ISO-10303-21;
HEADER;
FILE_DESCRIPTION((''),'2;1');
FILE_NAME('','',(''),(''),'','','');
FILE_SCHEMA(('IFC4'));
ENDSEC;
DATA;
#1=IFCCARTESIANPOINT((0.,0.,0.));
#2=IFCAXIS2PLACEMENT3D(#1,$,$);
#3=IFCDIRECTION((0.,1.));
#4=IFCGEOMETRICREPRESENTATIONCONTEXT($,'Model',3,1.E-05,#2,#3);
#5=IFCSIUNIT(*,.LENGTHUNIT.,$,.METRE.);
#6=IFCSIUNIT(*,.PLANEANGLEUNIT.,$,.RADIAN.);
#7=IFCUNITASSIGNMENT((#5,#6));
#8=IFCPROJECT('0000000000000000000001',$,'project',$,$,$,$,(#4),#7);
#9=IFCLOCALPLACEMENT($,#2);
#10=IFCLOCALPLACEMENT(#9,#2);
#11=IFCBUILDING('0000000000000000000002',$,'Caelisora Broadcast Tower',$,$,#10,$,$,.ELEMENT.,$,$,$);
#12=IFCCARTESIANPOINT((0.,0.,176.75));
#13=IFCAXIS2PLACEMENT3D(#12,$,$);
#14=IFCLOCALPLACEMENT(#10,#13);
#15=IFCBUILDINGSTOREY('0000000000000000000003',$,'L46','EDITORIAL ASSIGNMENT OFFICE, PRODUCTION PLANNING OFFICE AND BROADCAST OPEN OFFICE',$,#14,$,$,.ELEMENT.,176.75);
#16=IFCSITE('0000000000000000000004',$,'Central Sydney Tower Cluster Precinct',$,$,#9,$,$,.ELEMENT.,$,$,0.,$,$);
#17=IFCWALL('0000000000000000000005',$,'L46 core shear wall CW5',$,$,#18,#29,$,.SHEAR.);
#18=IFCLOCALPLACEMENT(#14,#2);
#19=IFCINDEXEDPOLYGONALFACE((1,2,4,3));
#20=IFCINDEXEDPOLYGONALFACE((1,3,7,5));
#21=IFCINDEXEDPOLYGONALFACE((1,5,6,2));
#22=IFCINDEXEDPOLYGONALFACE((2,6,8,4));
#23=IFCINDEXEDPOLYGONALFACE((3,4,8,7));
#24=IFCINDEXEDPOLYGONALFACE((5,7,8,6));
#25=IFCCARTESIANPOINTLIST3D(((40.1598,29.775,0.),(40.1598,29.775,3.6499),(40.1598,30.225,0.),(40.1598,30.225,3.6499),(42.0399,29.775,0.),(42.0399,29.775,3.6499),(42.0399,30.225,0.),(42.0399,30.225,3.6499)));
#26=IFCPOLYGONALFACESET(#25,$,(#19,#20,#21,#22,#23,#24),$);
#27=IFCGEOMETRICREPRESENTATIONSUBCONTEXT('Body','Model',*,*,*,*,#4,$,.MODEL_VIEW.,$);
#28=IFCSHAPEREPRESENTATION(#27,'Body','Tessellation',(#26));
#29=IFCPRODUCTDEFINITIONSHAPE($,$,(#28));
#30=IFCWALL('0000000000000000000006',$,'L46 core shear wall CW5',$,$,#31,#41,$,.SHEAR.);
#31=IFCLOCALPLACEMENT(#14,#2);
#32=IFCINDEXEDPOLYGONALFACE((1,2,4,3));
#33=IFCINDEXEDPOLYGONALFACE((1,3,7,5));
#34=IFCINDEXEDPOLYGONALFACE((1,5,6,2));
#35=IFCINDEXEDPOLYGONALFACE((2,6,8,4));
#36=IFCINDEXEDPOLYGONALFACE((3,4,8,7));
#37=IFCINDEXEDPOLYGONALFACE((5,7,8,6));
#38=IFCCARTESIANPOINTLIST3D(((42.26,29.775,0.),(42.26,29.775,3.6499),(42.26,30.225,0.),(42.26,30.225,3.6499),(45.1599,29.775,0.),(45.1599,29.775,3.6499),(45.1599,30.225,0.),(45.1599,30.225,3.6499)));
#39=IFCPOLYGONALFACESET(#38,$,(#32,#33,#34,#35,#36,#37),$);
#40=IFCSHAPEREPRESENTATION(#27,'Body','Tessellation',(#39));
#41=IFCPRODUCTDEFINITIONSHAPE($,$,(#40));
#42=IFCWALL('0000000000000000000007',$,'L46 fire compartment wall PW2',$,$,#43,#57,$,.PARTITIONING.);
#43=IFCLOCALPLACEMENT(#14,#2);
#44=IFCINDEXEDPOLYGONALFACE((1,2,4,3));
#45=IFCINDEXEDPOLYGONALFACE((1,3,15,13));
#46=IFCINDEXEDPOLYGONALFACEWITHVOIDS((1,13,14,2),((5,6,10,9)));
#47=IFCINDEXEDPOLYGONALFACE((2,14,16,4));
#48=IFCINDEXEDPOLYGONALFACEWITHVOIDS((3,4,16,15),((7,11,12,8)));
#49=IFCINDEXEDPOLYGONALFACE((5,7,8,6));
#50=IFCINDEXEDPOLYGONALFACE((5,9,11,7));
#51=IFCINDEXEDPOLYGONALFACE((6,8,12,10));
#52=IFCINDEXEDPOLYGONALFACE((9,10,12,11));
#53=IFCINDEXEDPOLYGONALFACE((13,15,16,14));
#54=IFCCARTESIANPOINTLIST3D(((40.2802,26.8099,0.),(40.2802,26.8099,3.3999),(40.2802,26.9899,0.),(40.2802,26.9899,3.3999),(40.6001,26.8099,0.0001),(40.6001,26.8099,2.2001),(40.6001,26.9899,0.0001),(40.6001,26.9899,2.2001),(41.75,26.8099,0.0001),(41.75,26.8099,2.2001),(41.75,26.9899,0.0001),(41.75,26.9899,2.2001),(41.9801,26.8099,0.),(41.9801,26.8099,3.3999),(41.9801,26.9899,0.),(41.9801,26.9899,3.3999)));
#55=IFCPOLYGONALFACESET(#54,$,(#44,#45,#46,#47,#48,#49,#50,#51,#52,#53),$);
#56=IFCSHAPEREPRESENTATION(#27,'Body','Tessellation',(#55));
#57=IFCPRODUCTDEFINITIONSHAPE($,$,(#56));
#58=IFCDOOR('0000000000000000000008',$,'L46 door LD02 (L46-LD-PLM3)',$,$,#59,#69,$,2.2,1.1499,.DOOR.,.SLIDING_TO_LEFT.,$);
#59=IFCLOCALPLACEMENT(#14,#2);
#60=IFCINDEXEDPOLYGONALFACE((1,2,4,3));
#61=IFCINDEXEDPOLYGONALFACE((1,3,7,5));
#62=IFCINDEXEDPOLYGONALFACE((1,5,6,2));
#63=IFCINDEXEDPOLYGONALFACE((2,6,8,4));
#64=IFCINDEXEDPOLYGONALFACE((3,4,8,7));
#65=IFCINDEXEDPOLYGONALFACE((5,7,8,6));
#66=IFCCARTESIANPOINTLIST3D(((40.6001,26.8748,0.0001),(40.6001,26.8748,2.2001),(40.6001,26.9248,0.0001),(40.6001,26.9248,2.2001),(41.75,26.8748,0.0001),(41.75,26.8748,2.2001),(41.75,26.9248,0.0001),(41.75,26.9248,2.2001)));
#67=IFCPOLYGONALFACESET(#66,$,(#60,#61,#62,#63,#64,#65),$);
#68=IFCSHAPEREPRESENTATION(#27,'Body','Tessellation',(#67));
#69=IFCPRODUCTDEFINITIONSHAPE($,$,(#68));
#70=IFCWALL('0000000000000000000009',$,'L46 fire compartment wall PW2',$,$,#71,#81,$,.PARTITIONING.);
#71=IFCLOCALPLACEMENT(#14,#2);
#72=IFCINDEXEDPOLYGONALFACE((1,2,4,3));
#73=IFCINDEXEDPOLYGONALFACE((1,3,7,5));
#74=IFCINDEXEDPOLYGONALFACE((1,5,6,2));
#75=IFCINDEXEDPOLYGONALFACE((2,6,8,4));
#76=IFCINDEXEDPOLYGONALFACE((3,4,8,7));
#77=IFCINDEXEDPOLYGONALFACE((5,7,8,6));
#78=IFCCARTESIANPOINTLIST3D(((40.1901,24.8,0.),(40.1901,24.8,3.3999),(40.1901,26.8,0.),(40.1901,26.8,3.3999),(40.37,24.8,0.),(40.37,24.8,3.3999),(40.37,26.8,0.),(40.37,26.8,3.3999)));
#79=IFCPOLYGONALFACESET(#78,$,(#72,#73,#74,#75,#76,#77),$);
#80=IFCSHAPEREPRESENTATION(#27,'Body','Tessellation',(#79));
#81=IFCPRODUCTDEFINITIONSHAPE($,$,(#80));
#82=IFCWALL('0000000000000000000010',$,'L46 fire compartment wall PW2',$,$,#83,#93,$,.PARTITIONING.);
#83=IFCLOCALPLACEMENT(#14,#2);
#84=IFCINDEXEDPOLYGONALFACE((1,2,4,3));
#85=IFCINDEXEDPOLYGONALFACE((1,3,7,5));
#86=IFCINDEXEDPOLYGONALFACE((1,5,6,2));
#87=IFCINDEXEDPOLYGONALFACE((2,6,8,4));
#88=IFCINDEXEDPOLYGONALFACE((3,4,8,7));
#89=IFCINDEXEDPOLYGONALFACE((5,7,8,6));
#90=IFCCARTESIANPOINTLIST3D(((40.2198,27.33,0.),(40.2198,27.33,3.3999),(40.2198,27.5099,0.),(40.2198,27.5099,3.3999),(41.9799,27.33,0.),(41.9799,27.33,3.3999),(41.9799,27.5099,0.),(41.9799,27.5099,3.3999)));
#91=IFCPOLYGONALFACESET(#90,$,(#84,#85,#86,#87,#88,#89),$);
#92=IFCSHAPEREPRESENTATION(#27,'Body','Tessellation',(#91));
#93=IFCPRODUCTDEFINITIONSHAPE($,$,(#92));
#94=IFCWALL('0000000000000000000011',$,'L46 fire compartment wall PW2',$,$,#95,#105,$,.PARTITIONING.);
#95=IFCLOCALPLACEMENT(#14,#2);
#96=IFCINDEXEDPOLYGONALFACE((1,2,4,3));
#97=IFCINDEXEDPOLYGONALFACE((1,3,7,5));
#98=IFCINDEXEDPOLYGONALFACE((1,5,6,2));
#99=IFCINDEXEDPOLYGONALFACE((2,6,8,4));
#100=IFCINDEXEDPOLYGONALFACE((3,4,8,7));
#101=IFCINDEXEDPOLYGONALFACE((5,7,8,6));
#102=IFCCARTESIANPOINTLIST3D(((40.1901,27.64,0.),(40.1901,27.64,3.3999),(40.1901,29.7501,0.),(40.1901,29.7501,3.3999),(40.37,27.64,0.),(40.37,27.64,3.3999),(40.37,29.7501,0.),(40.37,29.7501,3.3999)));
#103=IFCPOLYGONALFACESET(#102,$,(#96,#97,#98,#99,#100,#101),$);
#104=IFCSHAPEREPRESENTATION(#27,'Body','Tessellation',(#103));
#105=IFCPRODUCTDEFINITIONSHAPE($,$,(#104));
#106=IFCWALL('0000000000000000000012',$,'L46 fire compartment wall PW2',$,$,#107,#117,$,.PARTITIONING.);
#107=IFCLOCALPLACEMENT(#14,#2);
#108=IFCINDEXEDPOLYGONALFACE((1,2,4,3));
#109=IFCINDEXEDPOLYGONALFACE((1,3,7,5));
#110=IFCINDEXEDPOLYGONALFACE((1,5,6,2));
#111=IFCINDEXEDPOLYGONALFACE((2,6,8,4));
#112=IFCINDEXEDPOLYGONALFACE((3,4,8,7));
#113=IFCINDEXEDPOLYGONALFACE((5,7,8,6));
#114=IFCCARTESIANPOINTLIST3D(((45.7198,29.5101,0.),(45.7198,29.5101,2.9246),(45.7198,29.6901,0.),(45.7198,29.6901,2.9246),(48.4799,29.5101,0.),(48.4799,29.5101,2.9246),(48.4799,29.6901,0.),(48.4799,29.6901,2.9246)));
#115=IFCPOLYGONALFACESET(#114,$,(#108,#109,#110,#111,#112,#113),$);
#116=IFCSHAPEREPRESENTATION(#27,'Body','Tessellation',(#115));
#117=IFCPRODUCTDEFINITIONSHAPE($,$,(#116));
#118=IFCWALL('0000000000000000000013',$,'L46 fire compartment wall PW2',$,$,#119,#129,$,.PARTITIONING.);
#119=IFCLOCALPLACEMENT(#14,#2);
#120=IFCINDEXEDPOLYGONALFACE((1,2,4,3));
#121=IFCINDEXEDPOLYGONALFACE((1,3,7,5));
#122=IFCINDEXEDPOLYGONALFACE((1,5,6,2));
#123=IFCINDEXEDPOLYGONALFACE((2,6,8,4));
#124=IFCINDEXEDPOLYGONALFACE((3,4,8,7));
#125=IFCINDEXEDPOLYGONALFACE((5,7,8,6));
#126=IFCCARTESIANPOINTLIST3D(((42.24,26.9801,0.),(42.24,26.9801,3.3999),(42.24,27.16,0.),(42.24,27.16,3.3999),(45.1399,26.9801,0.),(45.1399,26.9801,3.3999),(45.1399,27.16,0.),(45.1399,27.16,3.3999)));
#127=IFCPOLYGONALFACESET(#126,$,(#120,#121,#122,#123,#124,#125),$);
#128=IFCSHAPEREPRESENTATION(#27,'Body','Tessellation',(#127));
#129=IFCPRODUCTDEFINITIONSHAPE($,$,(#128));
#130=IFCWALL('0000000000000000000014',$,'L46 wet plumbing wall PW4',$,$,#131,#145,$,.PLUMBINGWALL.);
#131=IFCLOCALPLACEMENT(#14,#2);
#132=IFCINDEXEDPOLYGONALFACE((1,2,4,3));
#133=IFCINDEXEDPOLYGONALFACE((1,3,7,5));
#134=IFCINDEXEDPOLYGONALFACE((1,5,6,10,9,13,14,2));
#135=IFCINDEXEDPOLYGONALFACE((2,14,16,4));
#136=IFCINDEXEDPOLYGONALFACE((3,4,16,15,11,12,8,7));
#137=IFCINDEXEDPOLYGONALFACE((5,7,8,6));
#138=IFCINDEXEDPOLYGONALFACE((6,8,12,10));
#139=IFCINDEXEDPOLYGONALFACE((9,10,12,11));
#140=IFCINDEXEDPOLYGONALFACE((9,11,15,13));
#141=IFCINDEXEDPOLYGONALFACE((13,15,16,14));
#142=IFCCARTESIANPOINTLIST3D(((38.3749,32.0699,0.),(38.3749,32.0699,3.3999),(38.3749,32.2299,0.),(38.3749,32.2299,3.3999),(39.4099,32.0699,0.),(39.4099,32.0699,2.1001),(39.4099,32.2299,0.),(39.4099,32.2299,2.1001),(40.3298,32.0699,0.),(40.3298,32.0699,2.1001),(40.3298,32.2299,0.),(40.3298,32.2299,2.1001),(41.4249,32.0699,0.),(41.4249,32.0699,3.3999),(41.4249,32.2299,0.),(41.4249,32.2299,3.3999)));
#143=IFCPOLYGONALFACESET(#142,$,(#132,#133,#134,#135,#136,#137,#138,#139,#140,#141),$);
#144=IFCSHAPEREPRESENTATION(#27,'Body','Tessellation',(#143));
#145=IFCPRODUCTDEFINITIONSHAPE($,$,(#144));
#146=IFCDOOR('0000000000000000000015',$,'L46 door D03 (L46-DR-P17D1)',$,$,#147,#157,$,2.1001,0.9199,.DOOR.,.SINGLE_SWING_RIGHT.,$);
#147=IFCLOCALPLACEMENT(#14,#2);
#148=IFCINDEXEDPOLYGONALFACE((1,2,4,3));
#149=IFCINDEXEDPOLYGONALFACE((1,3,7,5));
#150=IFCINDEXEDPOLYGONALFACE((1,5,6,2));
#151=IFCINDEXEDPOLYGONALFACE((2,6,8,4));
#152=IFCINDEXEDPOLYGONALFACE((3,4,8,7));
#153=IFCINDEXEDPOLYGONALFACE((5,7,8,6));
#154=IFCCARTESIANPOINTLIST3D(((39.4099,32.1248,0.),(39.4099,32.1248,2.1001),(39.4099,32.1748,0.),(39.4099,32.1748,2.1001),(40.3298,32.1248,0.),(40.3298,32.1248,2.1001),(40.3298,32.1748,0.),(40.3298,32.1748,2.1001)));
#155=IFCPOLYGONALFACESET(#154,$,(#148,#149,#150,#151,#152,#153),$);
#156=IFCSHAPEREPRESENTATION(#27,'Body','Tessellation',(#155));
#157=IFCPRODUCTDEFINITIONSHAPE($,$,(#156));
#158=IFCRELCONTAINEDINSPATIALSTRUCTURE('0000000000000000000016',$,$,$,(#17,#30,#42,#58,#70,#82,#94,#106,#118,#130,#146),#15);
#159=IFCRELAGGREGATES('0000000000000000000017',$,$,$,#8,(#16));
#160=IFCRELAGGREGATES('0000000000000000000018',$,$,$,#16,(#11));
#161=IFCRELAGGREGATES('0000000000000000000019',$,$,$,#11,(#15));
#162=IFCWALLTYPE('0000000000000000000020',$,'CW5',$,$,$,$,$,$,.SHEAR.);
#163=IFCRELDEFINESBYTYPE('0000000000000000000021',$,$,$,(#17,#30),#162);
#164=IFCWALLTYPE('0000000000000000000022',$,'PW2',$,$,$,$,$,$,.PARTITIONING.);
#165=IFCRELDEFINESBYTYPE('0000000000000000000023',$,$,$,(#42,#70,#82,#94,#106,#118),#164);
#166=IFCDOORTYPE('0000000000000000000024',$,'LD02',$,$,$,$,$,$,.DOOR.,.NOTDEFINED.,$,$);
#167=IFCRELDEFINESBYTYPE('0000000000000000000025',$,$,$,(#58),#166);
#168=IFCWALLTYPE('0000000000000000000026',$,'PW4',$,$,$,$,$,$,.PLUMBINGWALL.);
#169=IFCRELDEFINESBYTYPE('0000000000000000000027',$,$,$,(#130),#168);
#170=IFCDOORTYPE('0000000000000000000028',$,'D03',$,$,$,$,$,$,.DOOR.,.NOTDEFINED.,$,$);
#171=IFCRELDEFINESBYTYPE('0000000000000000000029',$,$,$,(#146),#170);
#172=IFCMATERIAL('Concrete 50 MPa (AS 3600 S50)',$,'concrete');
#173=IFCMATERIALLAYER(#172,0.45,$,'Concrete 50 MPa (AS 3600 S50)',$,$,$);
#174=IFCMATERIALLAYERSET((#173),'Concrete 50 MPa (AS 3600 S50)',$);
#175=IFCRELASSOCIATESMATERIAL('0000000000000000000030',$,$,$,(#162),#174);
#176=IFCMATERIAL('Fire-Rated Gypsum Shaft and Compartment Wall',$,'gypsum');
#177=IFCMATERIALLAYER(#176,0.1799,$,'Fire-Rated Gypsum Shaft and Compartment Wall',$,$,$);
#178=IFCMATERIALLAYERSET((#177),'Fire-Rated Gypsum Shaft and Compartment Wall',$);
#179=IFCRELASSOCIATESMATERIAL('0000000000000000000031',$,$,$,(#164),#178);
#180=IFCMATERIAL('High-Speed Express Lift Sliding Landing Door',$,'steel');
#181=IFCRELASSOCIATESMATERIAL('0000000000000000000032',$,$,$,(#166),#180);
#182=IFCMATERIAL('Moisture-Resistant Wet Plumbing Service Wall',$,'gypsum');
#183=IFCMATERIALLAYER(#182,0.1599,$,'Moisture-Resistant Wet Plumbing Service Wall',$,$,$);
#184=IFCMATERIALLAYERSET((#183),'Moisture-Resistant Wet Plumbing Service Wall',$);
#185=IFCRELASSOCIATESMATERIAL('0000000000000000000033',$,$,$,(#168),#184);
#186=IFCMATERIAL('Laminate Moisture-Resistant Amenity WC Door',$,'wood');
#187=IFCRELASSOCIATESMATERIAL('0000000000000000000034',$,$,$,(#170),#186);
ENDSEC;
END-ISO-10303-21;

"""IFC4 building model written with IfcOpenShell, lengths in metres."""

from ifc_helpers import new_model, si_unit, direction, frame, frame_2d, origin, place, context, subcontext, project, spatial, rectangle, extrude, material, layer, layer_set, type_object, element, fill, save


model = new_model("IFC4")

# Units and contexts
model_context = context("Model", 3, precision=1e-05, world=origin(), true_north=direction((0.0, 1.0)))
body_context = subcontext(model_context, "Body", "Model", "MODEL_VIEW")
ifc_project = project(units=[si_unit("LENGTHUNIT", "METRE"), si_unit("PLANEANGLEUNIT", "RADIAN")], contexts=[model_context])

# Site, building, storey
site_placement = place(None, origin())
site = spatial("IfcSite", under=ifc_project, at=site_placement, Name="Central Sydney Tower Cluster Precinct", CompositionType="ELEMENT", RefElevation=0.0)
building_placement = place(site_placement, origin())
building = spatial("IfcBuilding", under=site, at=building_placement, Name="Caelisora Broadcast Tower", CompositionType="ELEMENT")
storey_placement = place(building_placement, frame((0.0, 0.0, 176.75)))
storey = spatial("IfcBuildingStorey", under=building, at=storey_placement, Name="L46", Description="EDITORIAL ASSIGNMENT OFFICE, PRODUCTION PLANNING OFFICE AND BROADCAST OPEN OFFICE", CompositionType="ELEMENT", Elevation=176.75)

# Walls
ifc_material_1 = material(Name="Concrete 50 MPa (AS 3600 S50)", Category="concrete")
ifc_layer_1 = layer(ifc_material_1, 0.45, Name="Concrete 50 MPa (AS 3600 S50)")
ifc_layer_set_1 = layer_set([ifc_layer_1], Name="Concrete 50 MPa (AS 3600 S50)")
wall_type_1 = type_object("IfcWallType", Name="CW5", PredefinedType="SHEAR", material=ifc_layer_set_1)
wall_1_placement = place(storey_placement, frame((40.1599, 30.0, 0.0), z_axis=(0.0, 0.0, 1.0), x_axis=(1.0, 0.0, 0.0)))
element("IfcWall", 1, at=wall_1_placement, inside=storey, type_object=wall_type_1, Name="L46 core shear wall CW5", PredefinedType="SHEAR", context=body_context, shape_type="SweptSolid", body=[
    extrude(rectangle(XDim=1.8801, YDim=0.45, at=frame_2d((0.9399, 0.0))), origin(), (0.0, 0.0, 1.0), 3.6499),
])
wall_2_placement = place(storey_placement, frame((42.26, 30.0, 0.0), z_axis=(0.0, 0.0, 1.0), x_axis=(1.0, 0.0, 0.0)))
element("IfcWall", 2, at=wall_2_placement, inside=storey, type_object=wall_type_1, Name="L46 core shear wall CW5", PredefinedType="SHEAR", context=body_context, shape_type="SweptSolid", body=[
    extrude(rectangle(XDim=2.8999, YDim=0.45, at=frame_2d((1.45, 0.0))), origin(), (0.0, 0.0, 1.0), 3.6499),
])

# Wall, opening, door
ifc_material_2 = material(Name="Fire-Rated Gypsum Shaft and Compartment Wall", Category="gypsum")
ifc_layer_2 = layer(ifc_material_2, 0.1799, Name="Fire-Rated Gypsum Shaft and Compartment Wall")
ifc_layer_set_2 = layer_set([ifc_layer_2], Name="Fire-Rated Gypsum Shaft and Compartment Wall")
wall_type_2 = type_object("IfcWallType", Name="PW2", PredefinedType="PARTITIONING", material=ifc_layer_set_2)
wall_3_placement = place(storey_placement, frame((40.28, 26.8999, 0.0), z_axis=(0.0, 0.0, 1.0), x_axis=(1.0, 0.0, 0.0)))
wall_3 = element("IfcWall", 3, at=wall_3_placement, inside=storey, type_object=wall_type_2, Name="L46 fire compartment wall PW2", PredefinedType="PARTITIONING", context=body_context, shape_type="SweptSolid", body=[
    extrude(rectangle(XDim=1.7, YDim=0.1799, at=frame_2d((0.8501, 0.0))), origin(), (0.0, 0.0, 1.0), 3.3999),
])
opening_1_placement = place(wall_3_placement, frame((0.3201, 0.0, 0.0)))
opening_1 = element("IfcOpeningElement", 4, at=opening_1_placement, cuts=wall_3, PredefinedType="OPENING", context=body_context, shape_type="SweptSolid", body=[
    extrude(rectangle(XDim=1.1499, YDim=2.2, at=frame_2d((0.575, 1.1001))), frame((0.0, 0.1021, 0.0), z_axis=(0.0, -1.0, 0.0), x_axis=(1.0, 0.0, 0.0)), (0.0, 0.0, 1.0), 0.2039),
])
ifc_material_3 = material(Name="High-Speed Express Lift Sliding Landing Door", Category="steel")
door_type_1 = type_object("IfcDoorType", Name="LD02", OperationType="NOTDEFINED", PredefinedType="DOOR", material=ifc_material_3)
door_1_placement = place(opening_1_placement, origin())
door_1 = element("IfcDoor", 5, at=door_1_placement, inside=storey, type_object=door_type_1, Name="L46 door LD02 (L46-LD-PLM3)", OperationType="SLIDING_TO_LEFT", OverallHeight=2.2, OverallWidth=1.1499, PredefinedType="DOOR", context=body_context, shape_type="SweptSolid", body=[
    extrude(rectangle(XDim=1.1499, YDim=2.2, at=frame_2d((0.575, 1.1001))), frame((0.0, 0.0249, 0.0), z_axis=(0.0, -1.0, 0.0), x_axis=(1.0, 0.0, 0.0)), (0.0, 0.0, 1.0), 0.05),
])
fill(opening_1, door_1)

# Walls
wall_4_placement = place(storey_placement, frame((40.28, 24.8, 0.0), z_axis=(0.0, 0.0, 1.0), x_axis=(0.0, 1.0, 0.0)))
element("IfcWall", 6, at=wall_4_placement, inside=storey, type_object=wall_type_2, Name="L46 fire compartment wall PW2", PredefinedType="PARTITIONING", context=body_context, shape_type="SweptSolid", body=[
    extrude(rectangle(XDim=2.0, YDim=0.1799, at=frame_2d((1.0, 0.0))), origin(), (0.0, 0.0, 1.0), 3.3999),
])
wall_5_placement = place(storey_placement, frame((40.22, 27.4199, 0.0), z_axis=(0.0, 0.0, 1.0), x_axis=(1.0, 0.0, 0.0)))
element("IfcWall", 7, at=wall_5_placement, inside=storey, type_object=wall_type_2, Name="L46 fire compartment wall PW2", PredefinedType="PARTITIONING", context=body_context, shape_type="SweptSolid", body=[
    extrude(rectangle(XDim=1.76, YDim=0.1799, at=frame_2d((0.8799, 0.0))), origin(), (0.0, 0.0, 1.0), 3.3999),
])
wall_6_placement = place(storey_placement, frame((40.28, 27.6399, 0.0), z_axis=(0.0, 0.0, 1.0), x_axis=(0.0, 1.0, 0.0)))
element("IfcWall", 8, at=wall_6_placement, inside=storey, type_object=wall_type_2, Name="L46 fire compartment wall PW2", PredefinedType="PARTITIONING", context=body_context, shape_type="SweptSolid", body=[
    extrude(rectangle(XDim=2.1101, YDim=0.1799, at=frame_2d((1.0552, 0.0))), origin(), (0.0, 0.0, 1.0), 3.3999),
])
wall_7_placement = place(storey_placement, frame((45.72, 29.6001, 0.0), z_axis=(0.0, 0.0, 1.0), x_axis=(1.0, 0.0, 0.0)))
element("IfcWall", 9, at=wall_7_placement, inside=storey, type_object=wall_type_2, Name="L46 fire compartment wall PW2", PredefinedType="PARTITIONING", context=body_context, shape_type="SweptSolid", body=[
    extrude(rectangle(XDim=2.76, YDim=0.1799, at=frame_2d((1.3799, 0.0))), origin(), (0.0, 0.0, 1.0), 2.9246),
])
wall_8_placement = place(storey_placement, frame((42.24, 27.0701, 0.0), z_axis=(0.0, 0.0, 1.0), x_axis=(1.0, 0.0, 0.0)))
element("IfcWall", 10, at=wall_8_placement, inside=storey, type_object=wall_type_2, Name="L46 fire compartment wall PW2", PredefinedType="PARTITIONING", context=body_context, shape_type="SweptSolid", body=[
    extrude(rectangle(XDim=2.8999, YDim=0.1799, at=frame_2d((1.45, 0.0))), origin(), (0.0, 0.0, 1.0), 3.3999),
])

# Wall, opening, door
ifc_material_4 = material(Name="Moisture-Resistant Wet Plumbing Service Wall", Category="gypsum")
ifc_layer_3 = layer(ifc_material_4, 0.1599, Name="Moisture-Resistant Wet Plumbing Service Wall")
ifc_layer_set_3 = layer_set([ifc_layer_3], Name="Moisture-Resistant Wet Plumbing Service Wall")
wall_type_3 = type_object("IfcWallType", Name="PW4", PredefinedType="PLUMBINGWALL", material=ifc_layer_set_3)
wall_9_placement = place(storey_placement, frame((38.375, 32.1499, 0.0), z_axis=(0.0, 0.0, 1.0), x_axis=(1.0, 0.0, 0.0)))
wall_9 = element("IfcWall", 11, at=wall_9_placement, inside=storey, type_object=wall_type_3, Name="L46 wet plumbing wall PW4", PredefinedType="PLUMBINGWALL", context=body_context, shape_type="SweptSolid", body=[
    extrude(rectangle(XDim=3.05, YDim=0.1599, at=frame_2d((1.5249, 0.0))), origin(), (0.0, 0.0, 1.0), 3.3999),
])
opening_2_placement = place(wall_9_placement, frame((1.0349, 0.0, 0.0)))
opening_2 = element("IfcOpeningElement", 12, at=opening_2_placement, cuts=wall_9, PredefinedType="OPENING", context=body_context, shape_type="SweptSolid", body=[
    extrude(rectangle(XDim=0.9199, YDim=2.1001, at=frame_2d((0.46, 1.05))), frame((0.0, 0.092, 0.0), z_axis=(0.0, -1.0, 0.0), x_axis=(1.0, 0.0, 0.0)), (0.0, 0.0, 1.0), 0.1838),
])
ifc_material_5 = material(Name="Laminate Moisture-Resistant Amenity WC Door", Category="wood")
door_type_2 = type_object("IfcDoorType", Name="D03", OperationType="NOTDEFINED", PredefinedType="DOOR", material=ifc_material_5)
door_2_placement = place(opening_2_placement, origin())
door_2 = element("IfcDoor", 13, at=door_2_placement, inside=storey, type_object=door_type_2, Name="L46 door D03 (L46-DR-P17D1)", OperationType="SINGLE_SWING_RIGHT", OverallHeight=2.1001, OverallWidth=0.9199, PredefinedType="DOOR", context=body_context, shape_type="SweptSolid", body=[
    extrude(rectangle(XDim=0.9199, YDim=2.1001, at=frame_2d((0.46, 1.05))), frame((0.0, 0.0249, 0.0), z_axis=(0.0, -1.0, 0.0), x_axis=(1.0, 0.0, 0.0)), (0.0, 0.0, 1.0), 0.05),
])
fill(opening_2, door_2)

save(model, "model.ifc")
